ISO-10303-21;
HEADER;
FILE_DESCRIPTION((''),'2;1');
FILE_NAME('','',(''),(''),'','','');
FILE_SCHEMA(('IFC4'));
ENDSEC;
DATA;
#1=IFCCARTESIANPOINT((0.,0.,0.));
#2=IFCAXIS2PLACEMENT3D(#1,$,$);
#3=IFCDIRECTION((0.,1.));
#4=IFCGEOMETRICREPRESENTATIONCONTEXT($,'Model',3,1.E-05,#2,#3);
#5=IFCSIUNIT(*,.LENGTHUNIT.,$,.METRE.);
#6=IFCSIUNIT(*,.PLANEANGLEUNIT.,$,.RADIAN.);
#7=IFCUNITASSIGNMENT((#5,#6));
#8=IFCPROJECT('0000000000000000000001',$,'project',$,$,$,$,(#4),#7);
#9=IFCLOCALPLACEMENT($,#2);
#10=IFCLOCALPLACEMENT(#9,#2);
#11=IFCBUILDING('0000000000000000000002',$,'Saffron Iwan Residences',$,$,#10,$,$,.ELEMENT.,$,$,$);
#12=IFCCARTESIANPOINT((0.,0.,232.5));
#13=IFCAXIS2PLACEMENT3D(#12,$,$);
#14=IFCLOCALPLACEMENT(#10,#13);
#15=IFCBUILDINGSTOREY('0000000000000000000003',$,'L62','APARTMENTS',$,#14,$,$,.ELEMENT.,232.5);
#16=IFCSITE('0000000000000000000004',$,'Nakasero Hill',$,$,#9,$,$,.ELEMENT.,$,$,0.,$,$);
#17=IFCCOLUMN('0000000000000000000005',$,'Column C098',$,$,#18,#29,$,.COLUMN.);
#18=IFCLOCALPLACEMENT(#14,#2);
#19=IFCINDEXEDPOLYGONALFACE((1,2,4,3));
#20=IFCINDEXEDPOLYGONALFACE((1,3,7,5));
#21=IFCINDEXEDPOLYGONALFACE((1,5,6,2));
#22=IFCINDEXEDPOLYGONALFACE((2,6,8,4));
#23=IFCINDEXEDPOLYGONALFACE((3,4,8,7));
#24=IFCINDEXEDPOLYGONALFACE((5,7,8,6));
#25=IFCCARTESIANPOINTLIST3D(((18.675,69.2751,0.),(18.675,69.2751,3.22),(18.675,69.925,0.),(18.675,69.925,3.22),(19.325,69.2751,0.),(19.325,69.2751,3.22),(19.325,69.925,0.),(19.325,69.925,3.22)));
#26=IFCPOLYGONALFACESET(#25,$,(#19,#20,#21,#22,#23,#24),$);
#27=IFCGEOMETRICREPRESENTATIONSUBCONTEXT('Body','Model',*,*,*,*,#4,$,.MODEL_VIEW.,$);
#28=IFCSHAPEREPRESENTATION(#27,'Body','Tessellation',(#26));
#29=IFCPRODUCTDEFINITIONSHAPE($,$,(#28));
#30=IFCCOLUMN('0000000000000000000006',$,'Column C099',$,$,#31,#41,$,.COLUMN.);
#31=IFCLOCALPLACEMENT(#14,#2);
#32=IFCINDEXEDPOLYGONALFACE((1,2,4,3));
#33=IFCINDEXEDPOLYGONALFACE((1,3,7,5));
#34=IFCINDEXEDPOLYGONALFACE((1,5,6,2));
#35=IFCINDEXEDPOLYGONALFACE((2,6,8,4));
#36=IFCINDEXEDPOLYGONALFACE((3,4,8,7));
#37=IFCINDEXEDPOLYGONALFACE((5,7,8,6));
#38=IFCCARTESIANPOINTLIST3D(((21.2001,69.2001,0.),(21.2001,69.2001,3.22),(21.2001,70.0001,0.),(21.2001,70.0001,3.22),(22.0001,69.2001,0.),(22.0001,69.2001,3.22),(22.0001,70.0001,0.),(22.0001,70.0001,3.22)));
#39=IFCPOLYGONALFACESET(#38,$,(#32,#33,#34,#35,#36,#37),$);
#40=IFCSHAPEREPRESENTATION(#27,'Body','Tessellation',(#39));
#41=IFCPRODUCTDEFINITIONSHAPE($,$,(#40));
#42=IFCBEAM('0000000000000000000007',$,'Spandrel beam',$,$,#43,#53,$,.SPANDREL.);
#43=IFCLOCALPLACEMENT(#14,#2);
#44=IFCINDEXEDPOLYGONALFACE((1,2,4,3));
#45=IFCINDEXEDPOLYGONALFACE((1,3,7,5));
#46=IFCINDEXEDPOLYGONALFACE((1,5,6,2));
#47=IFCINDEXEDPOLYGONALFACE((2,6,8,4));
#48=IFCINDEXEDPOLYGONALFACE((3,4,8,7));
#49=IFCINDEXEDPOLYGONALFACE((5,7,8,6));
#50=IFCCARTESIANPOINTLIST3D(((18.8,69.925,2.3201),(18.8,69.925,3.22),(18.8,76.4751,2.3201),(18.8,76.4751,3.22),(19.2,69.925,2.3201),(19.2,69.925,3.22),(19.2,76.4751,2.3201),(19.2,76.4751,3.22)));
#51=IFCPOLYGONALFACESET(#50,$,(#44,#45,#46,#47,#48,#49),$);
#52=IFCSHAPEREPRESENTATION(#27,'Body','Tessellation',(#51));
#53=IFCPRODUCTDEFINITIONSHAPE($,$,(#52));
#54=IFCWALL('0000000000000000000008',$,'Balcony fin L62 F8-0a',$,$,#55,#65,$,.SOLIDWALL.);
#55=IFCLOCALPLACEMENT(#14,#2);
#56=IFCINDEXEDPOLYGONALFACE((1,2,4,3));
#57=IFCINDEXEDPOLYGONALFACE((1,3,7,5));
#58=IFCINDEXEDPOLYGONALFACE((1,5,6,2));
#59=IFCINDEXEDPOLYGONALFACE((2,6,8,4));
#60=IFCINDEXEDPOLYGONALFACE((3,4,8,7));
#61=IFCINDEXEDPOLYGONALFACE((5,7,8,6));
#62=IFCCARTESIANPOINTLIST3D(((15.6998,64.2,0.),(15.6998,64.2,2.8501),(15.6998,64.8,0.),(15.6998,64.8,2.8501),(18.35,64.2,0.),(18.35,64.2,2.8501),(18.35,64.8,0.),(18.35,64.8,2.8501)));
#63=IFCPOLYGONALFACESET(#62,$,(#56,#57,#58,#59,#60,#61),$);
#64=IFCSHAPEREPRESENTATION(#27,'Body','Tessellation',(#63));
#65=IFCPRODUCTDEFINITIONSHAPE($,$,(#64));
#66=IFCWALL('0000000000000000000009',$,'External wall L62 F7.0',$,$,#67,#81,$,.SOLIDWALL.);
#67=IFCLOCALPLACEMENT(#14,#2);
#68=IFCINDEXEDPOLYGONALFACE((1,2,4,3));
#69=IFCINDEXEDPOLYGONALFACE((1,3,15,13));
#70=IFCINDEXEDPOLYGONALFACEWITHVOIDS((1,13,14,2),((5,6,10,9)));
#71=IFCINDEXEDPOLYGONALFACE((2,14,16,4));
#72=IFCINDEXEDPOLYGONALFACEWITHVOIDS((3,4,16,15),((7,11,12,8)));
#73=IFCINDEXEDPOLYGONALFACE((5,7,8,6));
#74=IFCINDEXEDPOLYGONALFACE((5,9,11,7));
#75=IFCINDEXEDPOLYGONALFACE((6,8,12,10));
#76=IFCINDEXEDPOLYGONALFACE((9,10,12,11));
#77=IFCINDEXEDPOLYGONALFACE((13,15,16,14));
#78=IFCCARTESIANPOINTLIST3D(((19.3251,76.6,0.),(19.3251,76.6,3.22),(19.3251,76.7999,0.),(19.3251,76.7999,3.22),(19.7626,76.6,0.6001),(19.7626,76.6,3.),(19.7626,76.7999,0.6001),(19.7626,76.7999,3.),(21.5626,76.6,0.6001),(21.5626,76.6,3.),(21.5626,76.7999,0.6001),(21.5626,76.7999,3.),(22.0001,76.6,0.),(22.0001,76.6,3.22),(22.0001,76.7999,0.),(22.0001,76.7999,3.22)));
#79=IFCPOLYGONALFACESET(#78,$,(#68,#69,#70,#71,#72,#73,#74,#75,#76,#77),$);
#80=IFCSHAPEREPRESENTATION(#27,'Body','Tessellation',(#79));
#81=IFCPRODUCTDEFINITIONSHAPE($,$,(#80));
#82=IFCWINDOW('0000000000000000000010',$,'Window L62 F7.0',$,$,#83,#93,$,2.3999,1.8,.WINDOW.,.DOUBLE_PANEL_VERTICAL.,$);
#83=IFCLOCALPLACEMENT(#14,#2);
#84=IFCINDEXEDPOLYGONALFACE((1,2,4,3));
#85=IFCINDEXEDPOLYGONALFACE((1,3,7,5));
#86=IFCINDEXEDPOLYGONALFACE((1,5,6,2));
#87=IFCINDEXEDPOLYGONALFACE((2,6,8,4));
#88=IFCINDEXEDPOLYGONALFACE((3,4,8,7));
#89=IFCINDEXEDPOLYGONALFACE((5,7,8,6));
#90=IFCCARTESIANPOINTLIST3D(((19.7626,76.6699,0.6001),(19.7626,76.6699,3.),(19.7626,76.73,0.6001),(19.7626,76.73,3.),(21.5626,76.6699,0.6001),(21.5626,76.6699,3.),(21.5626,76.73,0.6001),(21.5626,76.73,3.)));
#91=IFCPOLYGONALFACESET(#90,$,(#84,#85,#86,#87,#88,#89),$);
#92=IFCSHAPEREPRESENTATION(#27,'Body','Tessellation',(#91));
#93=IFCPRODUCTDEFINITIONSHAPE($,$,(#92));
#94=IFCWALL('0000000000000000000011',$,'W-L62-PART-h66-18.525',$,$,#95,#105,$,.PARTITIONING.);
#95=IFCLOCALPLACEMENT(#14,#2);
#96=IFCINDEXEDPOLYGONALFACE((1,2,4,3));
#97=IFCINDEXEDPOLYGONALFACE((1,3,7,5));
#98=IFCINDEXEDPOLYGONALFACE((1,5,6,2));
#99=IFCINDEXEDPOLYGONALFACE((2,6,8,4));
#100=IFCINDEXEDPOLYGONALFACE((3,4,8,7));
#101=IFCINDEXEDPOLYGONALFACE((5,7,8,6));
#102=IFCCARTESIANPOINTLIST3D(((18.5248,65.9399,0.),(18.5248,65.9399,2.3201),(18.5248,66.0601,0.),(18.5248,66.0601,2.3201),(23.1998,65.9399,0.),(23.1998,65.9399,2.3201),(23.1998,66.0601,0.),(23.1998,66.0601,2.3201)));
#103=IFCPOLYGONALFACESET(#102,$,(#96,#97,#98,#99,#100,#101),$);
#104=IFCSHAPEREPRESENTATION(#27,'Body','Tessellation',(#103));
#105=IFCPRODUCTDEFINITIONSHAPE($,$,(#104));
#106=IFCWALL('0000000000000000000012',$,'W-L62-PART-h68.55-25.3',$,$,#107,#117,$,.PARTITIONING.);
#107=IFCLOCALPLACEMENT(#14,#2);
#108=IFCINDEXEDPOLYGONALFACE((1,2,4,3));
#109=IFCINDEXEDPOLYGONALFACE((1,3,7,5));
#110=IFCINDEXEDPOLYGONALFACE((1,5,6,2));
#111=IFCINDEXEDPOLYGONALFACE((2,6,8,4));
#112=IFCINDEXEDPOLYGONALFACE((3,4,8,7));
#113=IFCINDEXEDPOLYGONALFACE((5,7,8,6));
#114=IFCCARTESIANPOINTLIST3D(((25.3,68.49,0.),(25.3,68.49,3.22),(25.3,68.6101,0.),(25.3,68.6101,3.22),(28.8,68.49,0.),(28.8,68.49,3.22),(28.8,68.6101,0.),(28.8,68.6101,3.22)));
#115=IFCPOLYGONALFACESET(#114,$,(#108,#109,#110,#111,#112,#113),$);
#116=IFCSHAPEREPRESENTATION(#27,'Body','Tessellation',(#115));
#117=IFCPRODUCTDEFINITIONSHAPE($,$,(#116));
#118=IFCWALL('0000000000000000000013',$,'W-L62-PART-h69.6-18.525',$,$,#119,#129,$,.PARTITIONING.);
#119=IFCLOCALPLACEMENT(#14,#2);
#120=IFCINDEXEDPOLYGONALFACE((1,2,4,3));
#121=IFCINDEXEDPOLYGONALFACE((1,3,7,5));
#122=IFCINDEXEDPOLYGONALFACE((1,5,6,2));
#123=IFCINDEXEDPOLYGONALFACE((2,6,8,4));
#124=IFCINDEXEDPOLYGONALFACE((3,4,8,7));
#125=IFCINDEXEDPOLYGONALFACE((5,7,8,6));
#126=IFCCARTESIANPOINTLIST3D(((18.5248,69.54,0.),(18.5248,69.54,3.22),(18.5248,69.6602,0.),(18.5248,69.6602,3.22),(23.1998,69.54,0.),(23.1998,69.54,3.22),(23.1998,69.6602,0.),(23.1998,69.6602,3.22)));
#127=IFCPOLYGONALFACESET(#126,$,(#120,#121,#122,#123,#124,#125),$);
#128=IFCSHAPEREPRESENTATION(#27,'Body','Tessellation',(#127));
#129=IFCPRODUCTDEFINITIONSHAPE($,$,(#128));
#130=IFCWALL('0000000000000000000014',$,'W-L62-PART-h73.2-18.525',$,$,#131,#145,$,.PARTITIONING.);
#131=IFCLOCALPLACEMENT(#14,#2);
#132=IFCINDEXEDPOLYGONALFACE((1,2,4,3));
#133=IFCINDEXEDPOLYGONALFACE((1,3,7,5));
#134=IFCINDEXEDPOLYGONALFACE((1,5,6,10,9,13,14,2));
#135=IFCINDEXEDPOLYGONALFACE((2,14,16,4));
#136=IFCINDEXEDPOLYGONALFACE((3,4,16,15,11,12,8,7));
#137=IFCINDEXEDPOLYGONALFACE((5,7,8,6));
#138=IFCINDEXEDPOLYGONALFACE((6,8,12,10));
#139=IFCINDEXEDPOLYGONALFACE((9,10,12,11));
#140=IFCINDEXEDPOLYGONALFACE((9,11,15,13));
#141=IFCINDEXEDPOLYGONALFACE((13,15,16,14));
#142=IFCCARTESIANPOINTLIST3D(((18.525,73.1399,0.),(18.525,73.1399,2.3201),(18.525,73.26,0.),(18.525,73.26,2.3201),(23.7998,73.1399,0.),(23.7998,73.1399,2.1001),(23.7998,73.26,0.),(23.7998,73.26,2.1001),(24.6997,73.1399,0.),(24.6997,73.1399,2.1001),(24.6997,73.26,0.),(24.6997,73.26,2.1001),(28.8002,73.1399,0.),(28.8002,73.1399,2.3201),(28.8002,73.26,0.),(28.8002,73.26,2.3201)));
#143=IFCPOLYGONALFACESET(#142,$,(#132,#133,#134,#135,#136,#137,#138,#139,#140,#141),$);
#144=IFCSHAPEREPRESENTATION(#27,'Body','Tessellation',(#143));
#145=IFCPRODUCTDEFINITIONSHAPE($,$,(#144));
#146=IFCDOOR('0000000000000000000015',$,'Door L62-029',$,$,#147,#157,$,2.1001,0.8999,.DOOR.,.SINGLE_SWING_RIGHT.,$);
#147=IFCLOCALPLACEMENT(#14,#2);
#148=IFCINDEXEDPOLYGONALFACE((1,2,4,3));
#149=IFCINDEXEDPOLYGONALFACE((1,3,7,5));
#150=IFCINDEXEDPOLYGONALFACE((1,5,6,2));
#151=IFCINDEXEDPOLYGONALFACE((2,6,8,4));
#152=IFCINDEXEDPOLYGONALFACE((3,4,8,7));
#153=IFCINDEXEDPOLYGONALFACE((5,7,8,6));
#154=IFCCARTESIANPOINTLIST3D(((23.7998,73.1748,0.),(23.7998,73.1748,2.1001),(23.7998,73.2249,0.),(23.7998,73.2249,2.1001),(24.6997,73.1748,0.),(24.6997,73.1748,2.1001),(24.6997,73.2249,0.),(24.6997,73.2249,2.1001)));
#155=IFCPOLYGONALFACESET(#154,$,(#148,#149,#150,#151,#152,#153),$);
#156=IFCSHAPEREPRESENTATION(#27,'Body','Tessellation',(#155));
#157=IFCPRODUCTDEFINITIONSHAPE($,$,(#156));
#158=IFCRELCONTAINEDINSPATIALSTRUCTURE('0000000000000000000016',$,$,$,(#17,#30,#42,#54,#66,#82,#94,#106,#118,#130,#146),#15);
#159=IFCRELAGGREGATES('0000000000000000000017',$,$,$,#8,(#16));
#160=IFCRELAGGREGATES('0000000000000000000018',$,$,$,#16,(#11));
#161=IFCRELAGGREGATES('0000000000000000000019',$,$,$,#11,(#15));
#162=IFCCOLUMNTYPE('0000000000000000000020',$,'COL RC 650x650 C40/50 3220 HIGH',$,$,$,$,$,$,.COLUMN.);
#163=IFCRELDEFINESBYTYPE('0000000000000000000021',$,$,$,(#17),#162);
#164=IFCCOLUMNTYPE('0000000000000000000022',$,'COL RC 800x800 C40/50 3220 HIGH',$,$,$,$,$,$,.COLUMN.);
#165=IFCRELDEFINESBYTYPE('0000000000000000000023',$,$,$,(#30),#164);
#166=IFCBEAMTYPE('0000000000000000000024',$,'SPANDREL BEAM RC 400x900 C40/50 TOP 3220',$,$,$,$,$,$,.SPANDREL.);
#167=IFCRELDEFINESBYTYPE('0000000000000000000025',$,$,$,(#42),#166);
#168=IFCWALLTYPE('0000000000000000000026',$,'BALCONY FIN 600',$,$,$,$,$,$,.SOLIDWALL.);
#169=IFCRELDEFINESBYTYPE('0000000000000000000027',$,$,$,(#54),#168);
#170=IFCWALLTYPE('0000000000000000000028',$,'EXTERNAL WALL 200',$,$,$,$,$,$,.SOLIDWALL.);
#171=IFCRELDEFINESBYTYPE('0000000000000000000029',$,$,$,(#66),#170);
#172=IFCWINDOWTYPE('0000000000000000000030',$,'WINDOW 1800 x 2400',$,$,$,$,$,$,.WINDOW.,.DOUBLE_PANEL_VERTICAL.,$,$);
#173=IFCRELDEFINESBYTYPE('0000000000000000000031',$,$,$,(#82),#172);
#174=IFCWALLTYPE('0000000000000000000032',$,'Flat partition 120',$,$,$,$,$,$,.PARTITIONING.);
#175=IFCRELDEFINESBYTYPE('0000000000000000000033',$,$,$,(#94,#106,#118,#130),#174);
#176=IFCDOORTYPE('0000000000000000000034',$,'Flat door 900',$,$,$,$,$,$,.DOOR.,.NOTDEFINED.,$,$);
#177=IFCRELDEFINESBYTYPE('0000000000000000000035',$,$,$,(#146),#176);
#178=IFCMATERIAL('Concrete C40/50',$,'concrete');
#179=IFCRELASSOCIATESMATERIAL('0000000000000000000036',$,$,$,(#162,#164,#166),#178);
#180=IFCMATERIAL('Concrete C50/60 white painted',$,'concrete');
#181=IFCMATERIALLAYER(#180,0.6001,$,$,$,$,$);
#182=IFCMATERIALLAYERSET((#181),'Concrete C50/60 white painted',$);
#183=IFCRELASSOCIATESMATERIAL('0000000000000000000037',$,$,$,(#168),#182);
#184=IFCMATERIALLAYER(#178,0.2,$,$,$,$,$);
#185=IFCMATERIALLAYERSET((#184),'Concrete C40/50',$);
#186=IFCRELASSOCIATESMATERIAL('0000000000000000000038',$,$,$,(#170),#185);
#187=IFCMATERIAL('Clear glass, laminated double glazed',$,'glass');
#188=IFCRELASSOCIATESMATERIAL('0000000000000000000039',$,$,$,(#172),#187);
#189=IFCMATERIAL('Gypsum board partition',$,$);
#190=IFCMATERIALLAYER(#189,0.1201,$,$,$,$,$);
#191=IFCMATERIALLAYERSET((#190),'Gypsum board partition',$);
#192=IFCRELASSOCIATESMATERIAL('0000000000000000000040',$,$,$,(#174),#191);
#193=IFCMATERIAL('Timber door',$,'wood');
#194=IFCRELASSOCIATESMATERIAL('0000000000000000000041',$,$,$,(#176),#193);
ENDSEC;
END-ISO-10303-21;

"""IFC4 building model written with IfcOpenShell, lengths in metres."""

from ifc_helpers import new_model, si_unit, direction, frame, frame_2d, origin, origin_2d, place, context, subcontext, project, spatial, rectangle, extrude, source, transform, mapped, material, layer, layer_set, material_profile, profile_set, type_object, element, fill, save


model = new_model("IFC4")

# Units and contexts
model_context = context("Model", 3, precision=1e-05, world=origin(), true_north=direction((0.0, 1.0)))
body_context = subcontext(model_context, "Body", "Model", "MODEL_VIEW")
ifc_project = project(units=[si_unit("LENGTHUNIT", "METRE"), si_unit("PLANEANGLEUNIT", "RADIAN")], contexts=[model_context])

# Site, building, storey
site_placement = place(None, origin())
site = spatial("IfcSite", under=ifc_project, at=site_placement, Name="Nakasero Hill", CompositionType="ELEMENT", RefElevation=0.0)
building_placement = place(site_placement, origin())
building = spatial("IfcBuilding", under=site, at=building_placement, Name="Saffron Iwan Residences", CompositionType="ELEMENT")
storey_placement = place(building_placement, frame((0.0, 0.0, 232.5)))
storey = spatial("IfcBuildingStorey", under=building, at=storey_placement, Name="L62", Description="APARTMENTS", CompositionType="ELEMENT", Elevation=232.5)

# Columns
ifc_material_1 = material(Name="Concrete C40/50", Category="concrete")
ifc_material_profile_1 = material_profile(ifc_material_1, rectangle(XDim=0.6499, YDim=0.6499, at=origin_2d()), Name="RC 650x650")
ifc_profile_set_1 = profile_set([ifc_material_profile_1], Name="Concrete C40/50")
column_type_1 = type_object("IfcColumnType", Name="COL RC 650x650 C40/50 3220 HIGH", PredefinedType="COLUMN", material=ifc_profile_set_1)
shared_shape_1 = source(origin(), body_context, "Body", "SweptSolid", [
    extrude(rectangle(XDim=0.6499, YDim=0.6499, at=origin_2d()), origin(), (0.0, 0.0, 1.0), 3.22),
])
column_1_placement = place(storey_placement, frame((19.0, 69.6001, 0.0), z_axis=(0.0, 0.0, 1.0), x_axis=(1.0, 0.0, 0.0)))
element("IfcColumn", 1, at=column_1_placement, inside=storey, type_object=column_type_1, Name="Column C098", PredefinedType="COLUMN", context=body_context, shape_type="MappedRepresentation", body=[
    mapped(shared_shape_1, transform((0.0, 0.0, 0.0))),
])
ifc_material_profile_2 = material_profile(ifc_material_1, rectangle(XDim=0.8, YDim=0.8, at=origin_2d()), Name="RC 800x800")
ifc_profile_set_2 = profile_set([ifc_material_profile_2], Name="Concrete C40/50")
column_type_2 = type_object("IfcColumnType", Name="COL RC 800x800 C40/50 3220 HIGH", PredefinedType="COLUMN", material=ifc_profile_set_2)
shared_shape_2 = source(origin(), body_context, "Body", "SweptSolid", [
    extrude(rectangle(XDim=0.8, YDim=0.8, at=origin_2d()), origin(), (0.0, 0.0, 1.0), 3.22),
])
column_2_placement = place(storey_placement, frame((21.6001, 69.6001, 0.0), z_axis=(0.0, 0.0, 1.0), x_axis=(1.0, 0.0, 0.0)))
element("IfcColumn", 2, at=column_2_placement, inside=storey, type_object=column_type_2, Name="Column C099", PredefinedType="COLUMN", context=body_context, shape_type="MappedRepresentation", body=[
    mapped(shared_shape_2, transform((0.0, 0.0, 0.0))),
])

# Beam
ifc_material_profile_3 = material_profile(ifc_material_1, rectangle(XDim=0.3999, YDim=0.8999, at=origin_2d()), Name="RC 400x900")
ifc_profile_set_3 = profile_set([ifc_material_profile_3], Name="Concrete C40/50")
beam_type = type_object("IfcBeamType", Name="SPANDREL BEAM RC 400x900 C40/50 TOP 3220", PredefinedType="SPANDREL", material=ifc_profile_set_3)
shared_shape_3 = source(origin(), body_context, "Body", "SweptSolid", [
    extrude(rectangle(XDim=0.3999, YDim=0.8999, at=origin_2d()), origin(), (0.0, 0.0, 1.0), 6.55),
])
beam_placement = place(storey_placement, frame((19.0, 69.925, 2.77), z_axis=(0.0, 1.0, 0.0), x_axis=(-1.0, 0.0, 0.0)))
element("IfcBeam", 3, at=beam_placement, inside=storey, type_object=beam_type, Name="Spandrel beam", PredefinedType="SPANDREL", context=body_context, shape_type="MappedRepresentation", body=[
    mapped(shared_shape_3, transform((0.0, 0.0, 0.0))),
])

# Wall
ifc_material_2 = material(Name="Concrete C50/60 white painted", Category="concrete")
ifc_layer_1 = layer(ifc_material_2, 0.6001)
ifc_layer_set_1 = layer_set([ifc_layer_1], Name="Concrete C50/60 white painted")
wall_type_1 = type_object("IfcWallType", Name="BALCONY FIN 600", PredefinedType="SOLIDWALL", material=ifc_layer_set_1)
wall_1_placement = place(storey_placement, frame((18.3501, 64.5, 0.0), z_axis=(0.0, 0.0, 1.0), x_axis=(-1.0, 0.0, 0.0)))
element("IfcWall", 4, at=wall_1_placement, inside=storey, type_object=wall_type_1, Name="Balcony fin L62 F8-0a", PredefinedType="SOLIDWALL", context=body_context, shape_type="SweptSolid", body=[
    extrude(rectangle(XDim=2.6501, YDim=0.6001, at=frame_2d((1.3252, 0.0))), origin(), (0.0, 0.0, 1.0), 2.8501),
])

# Wall, opening, window
ifc_layer_2 = layer(ifc_material_1, 0.2)
ifc_layer_set_2 = layer_set([ifc_layer_2], Name="Concrete C40/50")
wall_type_2 = type_object("IfcWallType", Name="EXTERNAL WALL 200", PredefinedType="SOLIDWALL", material=ifc_layer_set_2)
wall_2_placement = place(storey_placement, frame((22.0, 76.7, 0.0), z_axis=(0.0, 0.0, 1.0), x_axis=(-1.0, 0.0, 0.0)))
wall_2 = element("IfcWall", 5, at=wall_2_placement, inside=storey, type_object=wall_type_2, Name="External wall L62 F7.0", PredefinedType="SOLIDWALL", context=body_context, shape_type="SweptSolid", body=[
    extrude(rectangle(XDim=2.675, YDim=0.2, at=frame_2d((1.3374, 0.0))), origin(), (0.0, 0.0, 1.0), 3.22),
])
opening_1_placement = place(wall_2_placement, frame((0.4375, 0.0, 0.6001)))
opening_1 = element("IfcOpeningElement", 6, at=opening_1_placement, cuts=wall_2, PredefinedType="OPENING", context=body_context, shape_type="SweptSolid", body=[
    extrude(rectangle(XDim=1.8, YDim=2.3999, at=frame_2d((0.8999, 1.2))), frame((0.0, 0.1099, 0.0), z_axis=(0.0, -1.0, 0.0), x_axis=(1.0, 0.0, 0.0)), (0.0, 0.0, 1.0), 0.22),
])
ifc_material_3 = material(Name="Clear glass, laminated double glazed", Category="glass")
window_type_1 = type_object("IfcWindowType", Name="WINDOW 1800 x 2400", PartitioningType="DOUBLE_PANEL_VERTICAL", PredefinedType="WINDOW", material=ifc_material_3)
window_1_placement = place(opening_1_placement, origin())
window_1 = element("IfcWindow", 7, at=window_1_placement, inside=storey, type_object=window_type_1, Name="Window L62 F7.0", OverallHeight=2.3999, OverallWidth=1.8, PartitioningType="DOUBLE_PANEL_VERTICAL", PredefinedType="WINDOW", context=body_context, shape_type="SweptSolid", body=[
    extrude(rectangle(XDim=1.8, YDim=2.3999, at=frame_2d((0.8999, 1.2))), frame((0.0, 0.03, 0.0), z_axis=(0.0, -1.0, 0.0), x_axis=(1.0, 0.0, 0.0)), (0.0, 0.0, 1.0), 0.0601),
])
fill(opening_1, window_1)

# Walls
ifc_material_4 = material(Name="Gypsum board partition")
ifc_layer_3 = layer(ifc_material_4, 0.1201)
ifc_layer_set_3 = layer_set([ifc_layer_3], Name="Gypsum board partition")
wall_type_3 = type_object("IfcWallType", Name="Flat partition 120", PredefinedType="PARTITIONING", material=ifc_layer_set_3)
wall_3_placement = place(storey_placement, frame((18.5249, 66.0, 0.0), z_axis=(0.0, 0.0, 1.0), x_axis=(1.0, 0.0, 0.0)))
element("IfcWall", 8, at=wall_3_placement, inside=storey, type_object=wall_type_3, Name="W-L62-PART-h66-18.525", PredefinedType="PARTITIONING", context=body_context, shape_type="SweptSolid", body=[
    extrude(rectangle(XDim=4.675, YDim=0.1201, at=frame_2d((2.3374, 0.0))), origin(), (0.0, 0.0, 1.0), 2.3201),
])
wall_4_placement = place(storey_placement, frame((25.3, 68.55, 0.0), z_axis=(0.0, 0.0, 1.0), x_axis=(1.0, 0.0, 0.0)))
element("IfcWall", 9, at=wall_4_placement, inside=storey, type_object=wall_type_3, Name="W-L62-PART-h68.55-25.3", PredefinedType="PARTITIONING", context=body_context, shape_type="SweptSolid", body=[
    extrude(rectangle(XDim=3.5, YDim=0.1201, at=frame_2d((1.75, 0.0))), origin(), (0.0, 0.0, 1.0), 3.22),
])
wall_5_placement = place(storey_placement, frame((18.5249, 69.6001, 0.0), z_axis=(0.0, 0.0, 1.0), x_axis=(1.0, 0.0, 0.0)))
element("IfcWall", 10, at=wall_5_placement, inside=storey, type_object=wall_type_3, Name="W-L62-PART-h69.6-18.525", PredefinedType="PARTITIONING", context=body_context, shape_type="SweptSolid", body=[
    extrude(rectangle(XDim=4.675, YDim=0.1201, at=frame_2d((2.3374, 0.0))), origin(), (0.0, 0.0, 1.0), 3.22),
])

# Wall, opening, door
wall_6_placement = place(storey_placement, frame((18.5249, 73.2, 0.0), z_axis=(0.0, 0.0, 1.0), x_axis=(1.0, 0.0, 0.0)))
wall_6 = element("IfcWall", 11, at=wall_6_placement, inside=storey, type_object=wall_type_3, Name="W-L62-PART-h73.2-18.525", PredefinedType="PARTITIONING", context=body_context, shape_type="SweptSolid", body=[
    extrude(rectangle(XDim=10.2751, YDim=0.1201, at=frame_2d((5.1377, 0.0))), origin(), (0.0, 0.0, 1.0), 2.3201),
])
opening_2_placement = place(wall_6_placement, frame((5.2749, 0.0, 0.0)))
opening_2 = element("IfcOpeningElement", 12, at=opening_2_placement, cuts=wall_6, PredefinedType="OPENING", context=body_context, shape_type="SweptSolid", body=[
    extrude(rectangle(XDim=0.8999, YDim=2.1001, at=frame_2d((0.45, 1.05))), frame((0.0, 0.0701, 0.0), z_axis=(0.0, -1.0, 0.0), x_axis=(1.0, 0.0, 0.0)), (0.0, 0.0, 1.0), 0.1401),
])
ifc_material_5 = material(Name="Timber door", Category="wood")
door_type_1 = type_object("IfcDoorType", Name="Flat door 900", OperationType="NOTDEFINED", PredefinedType="DOOR", material=ifc_material_5)
door_1_placement = place(opening_2_placement, origin())
door_1 = element("IfcDoor", 13, at=door_1_placement, inside=storey, type_object=door_type_1, Name="Door L62-029", OperationType="SINGLE_SWING_RIGHT", OverallHeight=2.1001, OverallWidth=0.8999, PredefinedType="DOOR", context=body_context, shape_type="SweptSolid", body=[
    extrude(rectangle(XDim=0.8999, YDim=2.1001, at=frame_2d((0.45, 1.05))), frame((0.0, 0.0249, 0.0), z_axis=(0.0, -1.0, 0.0), x_axis=(1.0, 0.0, 0.0)), (0.0, 0.0, 1.0), 0.05),
])
fill(opening_2, door_1)

save(model, "model.ifc")
